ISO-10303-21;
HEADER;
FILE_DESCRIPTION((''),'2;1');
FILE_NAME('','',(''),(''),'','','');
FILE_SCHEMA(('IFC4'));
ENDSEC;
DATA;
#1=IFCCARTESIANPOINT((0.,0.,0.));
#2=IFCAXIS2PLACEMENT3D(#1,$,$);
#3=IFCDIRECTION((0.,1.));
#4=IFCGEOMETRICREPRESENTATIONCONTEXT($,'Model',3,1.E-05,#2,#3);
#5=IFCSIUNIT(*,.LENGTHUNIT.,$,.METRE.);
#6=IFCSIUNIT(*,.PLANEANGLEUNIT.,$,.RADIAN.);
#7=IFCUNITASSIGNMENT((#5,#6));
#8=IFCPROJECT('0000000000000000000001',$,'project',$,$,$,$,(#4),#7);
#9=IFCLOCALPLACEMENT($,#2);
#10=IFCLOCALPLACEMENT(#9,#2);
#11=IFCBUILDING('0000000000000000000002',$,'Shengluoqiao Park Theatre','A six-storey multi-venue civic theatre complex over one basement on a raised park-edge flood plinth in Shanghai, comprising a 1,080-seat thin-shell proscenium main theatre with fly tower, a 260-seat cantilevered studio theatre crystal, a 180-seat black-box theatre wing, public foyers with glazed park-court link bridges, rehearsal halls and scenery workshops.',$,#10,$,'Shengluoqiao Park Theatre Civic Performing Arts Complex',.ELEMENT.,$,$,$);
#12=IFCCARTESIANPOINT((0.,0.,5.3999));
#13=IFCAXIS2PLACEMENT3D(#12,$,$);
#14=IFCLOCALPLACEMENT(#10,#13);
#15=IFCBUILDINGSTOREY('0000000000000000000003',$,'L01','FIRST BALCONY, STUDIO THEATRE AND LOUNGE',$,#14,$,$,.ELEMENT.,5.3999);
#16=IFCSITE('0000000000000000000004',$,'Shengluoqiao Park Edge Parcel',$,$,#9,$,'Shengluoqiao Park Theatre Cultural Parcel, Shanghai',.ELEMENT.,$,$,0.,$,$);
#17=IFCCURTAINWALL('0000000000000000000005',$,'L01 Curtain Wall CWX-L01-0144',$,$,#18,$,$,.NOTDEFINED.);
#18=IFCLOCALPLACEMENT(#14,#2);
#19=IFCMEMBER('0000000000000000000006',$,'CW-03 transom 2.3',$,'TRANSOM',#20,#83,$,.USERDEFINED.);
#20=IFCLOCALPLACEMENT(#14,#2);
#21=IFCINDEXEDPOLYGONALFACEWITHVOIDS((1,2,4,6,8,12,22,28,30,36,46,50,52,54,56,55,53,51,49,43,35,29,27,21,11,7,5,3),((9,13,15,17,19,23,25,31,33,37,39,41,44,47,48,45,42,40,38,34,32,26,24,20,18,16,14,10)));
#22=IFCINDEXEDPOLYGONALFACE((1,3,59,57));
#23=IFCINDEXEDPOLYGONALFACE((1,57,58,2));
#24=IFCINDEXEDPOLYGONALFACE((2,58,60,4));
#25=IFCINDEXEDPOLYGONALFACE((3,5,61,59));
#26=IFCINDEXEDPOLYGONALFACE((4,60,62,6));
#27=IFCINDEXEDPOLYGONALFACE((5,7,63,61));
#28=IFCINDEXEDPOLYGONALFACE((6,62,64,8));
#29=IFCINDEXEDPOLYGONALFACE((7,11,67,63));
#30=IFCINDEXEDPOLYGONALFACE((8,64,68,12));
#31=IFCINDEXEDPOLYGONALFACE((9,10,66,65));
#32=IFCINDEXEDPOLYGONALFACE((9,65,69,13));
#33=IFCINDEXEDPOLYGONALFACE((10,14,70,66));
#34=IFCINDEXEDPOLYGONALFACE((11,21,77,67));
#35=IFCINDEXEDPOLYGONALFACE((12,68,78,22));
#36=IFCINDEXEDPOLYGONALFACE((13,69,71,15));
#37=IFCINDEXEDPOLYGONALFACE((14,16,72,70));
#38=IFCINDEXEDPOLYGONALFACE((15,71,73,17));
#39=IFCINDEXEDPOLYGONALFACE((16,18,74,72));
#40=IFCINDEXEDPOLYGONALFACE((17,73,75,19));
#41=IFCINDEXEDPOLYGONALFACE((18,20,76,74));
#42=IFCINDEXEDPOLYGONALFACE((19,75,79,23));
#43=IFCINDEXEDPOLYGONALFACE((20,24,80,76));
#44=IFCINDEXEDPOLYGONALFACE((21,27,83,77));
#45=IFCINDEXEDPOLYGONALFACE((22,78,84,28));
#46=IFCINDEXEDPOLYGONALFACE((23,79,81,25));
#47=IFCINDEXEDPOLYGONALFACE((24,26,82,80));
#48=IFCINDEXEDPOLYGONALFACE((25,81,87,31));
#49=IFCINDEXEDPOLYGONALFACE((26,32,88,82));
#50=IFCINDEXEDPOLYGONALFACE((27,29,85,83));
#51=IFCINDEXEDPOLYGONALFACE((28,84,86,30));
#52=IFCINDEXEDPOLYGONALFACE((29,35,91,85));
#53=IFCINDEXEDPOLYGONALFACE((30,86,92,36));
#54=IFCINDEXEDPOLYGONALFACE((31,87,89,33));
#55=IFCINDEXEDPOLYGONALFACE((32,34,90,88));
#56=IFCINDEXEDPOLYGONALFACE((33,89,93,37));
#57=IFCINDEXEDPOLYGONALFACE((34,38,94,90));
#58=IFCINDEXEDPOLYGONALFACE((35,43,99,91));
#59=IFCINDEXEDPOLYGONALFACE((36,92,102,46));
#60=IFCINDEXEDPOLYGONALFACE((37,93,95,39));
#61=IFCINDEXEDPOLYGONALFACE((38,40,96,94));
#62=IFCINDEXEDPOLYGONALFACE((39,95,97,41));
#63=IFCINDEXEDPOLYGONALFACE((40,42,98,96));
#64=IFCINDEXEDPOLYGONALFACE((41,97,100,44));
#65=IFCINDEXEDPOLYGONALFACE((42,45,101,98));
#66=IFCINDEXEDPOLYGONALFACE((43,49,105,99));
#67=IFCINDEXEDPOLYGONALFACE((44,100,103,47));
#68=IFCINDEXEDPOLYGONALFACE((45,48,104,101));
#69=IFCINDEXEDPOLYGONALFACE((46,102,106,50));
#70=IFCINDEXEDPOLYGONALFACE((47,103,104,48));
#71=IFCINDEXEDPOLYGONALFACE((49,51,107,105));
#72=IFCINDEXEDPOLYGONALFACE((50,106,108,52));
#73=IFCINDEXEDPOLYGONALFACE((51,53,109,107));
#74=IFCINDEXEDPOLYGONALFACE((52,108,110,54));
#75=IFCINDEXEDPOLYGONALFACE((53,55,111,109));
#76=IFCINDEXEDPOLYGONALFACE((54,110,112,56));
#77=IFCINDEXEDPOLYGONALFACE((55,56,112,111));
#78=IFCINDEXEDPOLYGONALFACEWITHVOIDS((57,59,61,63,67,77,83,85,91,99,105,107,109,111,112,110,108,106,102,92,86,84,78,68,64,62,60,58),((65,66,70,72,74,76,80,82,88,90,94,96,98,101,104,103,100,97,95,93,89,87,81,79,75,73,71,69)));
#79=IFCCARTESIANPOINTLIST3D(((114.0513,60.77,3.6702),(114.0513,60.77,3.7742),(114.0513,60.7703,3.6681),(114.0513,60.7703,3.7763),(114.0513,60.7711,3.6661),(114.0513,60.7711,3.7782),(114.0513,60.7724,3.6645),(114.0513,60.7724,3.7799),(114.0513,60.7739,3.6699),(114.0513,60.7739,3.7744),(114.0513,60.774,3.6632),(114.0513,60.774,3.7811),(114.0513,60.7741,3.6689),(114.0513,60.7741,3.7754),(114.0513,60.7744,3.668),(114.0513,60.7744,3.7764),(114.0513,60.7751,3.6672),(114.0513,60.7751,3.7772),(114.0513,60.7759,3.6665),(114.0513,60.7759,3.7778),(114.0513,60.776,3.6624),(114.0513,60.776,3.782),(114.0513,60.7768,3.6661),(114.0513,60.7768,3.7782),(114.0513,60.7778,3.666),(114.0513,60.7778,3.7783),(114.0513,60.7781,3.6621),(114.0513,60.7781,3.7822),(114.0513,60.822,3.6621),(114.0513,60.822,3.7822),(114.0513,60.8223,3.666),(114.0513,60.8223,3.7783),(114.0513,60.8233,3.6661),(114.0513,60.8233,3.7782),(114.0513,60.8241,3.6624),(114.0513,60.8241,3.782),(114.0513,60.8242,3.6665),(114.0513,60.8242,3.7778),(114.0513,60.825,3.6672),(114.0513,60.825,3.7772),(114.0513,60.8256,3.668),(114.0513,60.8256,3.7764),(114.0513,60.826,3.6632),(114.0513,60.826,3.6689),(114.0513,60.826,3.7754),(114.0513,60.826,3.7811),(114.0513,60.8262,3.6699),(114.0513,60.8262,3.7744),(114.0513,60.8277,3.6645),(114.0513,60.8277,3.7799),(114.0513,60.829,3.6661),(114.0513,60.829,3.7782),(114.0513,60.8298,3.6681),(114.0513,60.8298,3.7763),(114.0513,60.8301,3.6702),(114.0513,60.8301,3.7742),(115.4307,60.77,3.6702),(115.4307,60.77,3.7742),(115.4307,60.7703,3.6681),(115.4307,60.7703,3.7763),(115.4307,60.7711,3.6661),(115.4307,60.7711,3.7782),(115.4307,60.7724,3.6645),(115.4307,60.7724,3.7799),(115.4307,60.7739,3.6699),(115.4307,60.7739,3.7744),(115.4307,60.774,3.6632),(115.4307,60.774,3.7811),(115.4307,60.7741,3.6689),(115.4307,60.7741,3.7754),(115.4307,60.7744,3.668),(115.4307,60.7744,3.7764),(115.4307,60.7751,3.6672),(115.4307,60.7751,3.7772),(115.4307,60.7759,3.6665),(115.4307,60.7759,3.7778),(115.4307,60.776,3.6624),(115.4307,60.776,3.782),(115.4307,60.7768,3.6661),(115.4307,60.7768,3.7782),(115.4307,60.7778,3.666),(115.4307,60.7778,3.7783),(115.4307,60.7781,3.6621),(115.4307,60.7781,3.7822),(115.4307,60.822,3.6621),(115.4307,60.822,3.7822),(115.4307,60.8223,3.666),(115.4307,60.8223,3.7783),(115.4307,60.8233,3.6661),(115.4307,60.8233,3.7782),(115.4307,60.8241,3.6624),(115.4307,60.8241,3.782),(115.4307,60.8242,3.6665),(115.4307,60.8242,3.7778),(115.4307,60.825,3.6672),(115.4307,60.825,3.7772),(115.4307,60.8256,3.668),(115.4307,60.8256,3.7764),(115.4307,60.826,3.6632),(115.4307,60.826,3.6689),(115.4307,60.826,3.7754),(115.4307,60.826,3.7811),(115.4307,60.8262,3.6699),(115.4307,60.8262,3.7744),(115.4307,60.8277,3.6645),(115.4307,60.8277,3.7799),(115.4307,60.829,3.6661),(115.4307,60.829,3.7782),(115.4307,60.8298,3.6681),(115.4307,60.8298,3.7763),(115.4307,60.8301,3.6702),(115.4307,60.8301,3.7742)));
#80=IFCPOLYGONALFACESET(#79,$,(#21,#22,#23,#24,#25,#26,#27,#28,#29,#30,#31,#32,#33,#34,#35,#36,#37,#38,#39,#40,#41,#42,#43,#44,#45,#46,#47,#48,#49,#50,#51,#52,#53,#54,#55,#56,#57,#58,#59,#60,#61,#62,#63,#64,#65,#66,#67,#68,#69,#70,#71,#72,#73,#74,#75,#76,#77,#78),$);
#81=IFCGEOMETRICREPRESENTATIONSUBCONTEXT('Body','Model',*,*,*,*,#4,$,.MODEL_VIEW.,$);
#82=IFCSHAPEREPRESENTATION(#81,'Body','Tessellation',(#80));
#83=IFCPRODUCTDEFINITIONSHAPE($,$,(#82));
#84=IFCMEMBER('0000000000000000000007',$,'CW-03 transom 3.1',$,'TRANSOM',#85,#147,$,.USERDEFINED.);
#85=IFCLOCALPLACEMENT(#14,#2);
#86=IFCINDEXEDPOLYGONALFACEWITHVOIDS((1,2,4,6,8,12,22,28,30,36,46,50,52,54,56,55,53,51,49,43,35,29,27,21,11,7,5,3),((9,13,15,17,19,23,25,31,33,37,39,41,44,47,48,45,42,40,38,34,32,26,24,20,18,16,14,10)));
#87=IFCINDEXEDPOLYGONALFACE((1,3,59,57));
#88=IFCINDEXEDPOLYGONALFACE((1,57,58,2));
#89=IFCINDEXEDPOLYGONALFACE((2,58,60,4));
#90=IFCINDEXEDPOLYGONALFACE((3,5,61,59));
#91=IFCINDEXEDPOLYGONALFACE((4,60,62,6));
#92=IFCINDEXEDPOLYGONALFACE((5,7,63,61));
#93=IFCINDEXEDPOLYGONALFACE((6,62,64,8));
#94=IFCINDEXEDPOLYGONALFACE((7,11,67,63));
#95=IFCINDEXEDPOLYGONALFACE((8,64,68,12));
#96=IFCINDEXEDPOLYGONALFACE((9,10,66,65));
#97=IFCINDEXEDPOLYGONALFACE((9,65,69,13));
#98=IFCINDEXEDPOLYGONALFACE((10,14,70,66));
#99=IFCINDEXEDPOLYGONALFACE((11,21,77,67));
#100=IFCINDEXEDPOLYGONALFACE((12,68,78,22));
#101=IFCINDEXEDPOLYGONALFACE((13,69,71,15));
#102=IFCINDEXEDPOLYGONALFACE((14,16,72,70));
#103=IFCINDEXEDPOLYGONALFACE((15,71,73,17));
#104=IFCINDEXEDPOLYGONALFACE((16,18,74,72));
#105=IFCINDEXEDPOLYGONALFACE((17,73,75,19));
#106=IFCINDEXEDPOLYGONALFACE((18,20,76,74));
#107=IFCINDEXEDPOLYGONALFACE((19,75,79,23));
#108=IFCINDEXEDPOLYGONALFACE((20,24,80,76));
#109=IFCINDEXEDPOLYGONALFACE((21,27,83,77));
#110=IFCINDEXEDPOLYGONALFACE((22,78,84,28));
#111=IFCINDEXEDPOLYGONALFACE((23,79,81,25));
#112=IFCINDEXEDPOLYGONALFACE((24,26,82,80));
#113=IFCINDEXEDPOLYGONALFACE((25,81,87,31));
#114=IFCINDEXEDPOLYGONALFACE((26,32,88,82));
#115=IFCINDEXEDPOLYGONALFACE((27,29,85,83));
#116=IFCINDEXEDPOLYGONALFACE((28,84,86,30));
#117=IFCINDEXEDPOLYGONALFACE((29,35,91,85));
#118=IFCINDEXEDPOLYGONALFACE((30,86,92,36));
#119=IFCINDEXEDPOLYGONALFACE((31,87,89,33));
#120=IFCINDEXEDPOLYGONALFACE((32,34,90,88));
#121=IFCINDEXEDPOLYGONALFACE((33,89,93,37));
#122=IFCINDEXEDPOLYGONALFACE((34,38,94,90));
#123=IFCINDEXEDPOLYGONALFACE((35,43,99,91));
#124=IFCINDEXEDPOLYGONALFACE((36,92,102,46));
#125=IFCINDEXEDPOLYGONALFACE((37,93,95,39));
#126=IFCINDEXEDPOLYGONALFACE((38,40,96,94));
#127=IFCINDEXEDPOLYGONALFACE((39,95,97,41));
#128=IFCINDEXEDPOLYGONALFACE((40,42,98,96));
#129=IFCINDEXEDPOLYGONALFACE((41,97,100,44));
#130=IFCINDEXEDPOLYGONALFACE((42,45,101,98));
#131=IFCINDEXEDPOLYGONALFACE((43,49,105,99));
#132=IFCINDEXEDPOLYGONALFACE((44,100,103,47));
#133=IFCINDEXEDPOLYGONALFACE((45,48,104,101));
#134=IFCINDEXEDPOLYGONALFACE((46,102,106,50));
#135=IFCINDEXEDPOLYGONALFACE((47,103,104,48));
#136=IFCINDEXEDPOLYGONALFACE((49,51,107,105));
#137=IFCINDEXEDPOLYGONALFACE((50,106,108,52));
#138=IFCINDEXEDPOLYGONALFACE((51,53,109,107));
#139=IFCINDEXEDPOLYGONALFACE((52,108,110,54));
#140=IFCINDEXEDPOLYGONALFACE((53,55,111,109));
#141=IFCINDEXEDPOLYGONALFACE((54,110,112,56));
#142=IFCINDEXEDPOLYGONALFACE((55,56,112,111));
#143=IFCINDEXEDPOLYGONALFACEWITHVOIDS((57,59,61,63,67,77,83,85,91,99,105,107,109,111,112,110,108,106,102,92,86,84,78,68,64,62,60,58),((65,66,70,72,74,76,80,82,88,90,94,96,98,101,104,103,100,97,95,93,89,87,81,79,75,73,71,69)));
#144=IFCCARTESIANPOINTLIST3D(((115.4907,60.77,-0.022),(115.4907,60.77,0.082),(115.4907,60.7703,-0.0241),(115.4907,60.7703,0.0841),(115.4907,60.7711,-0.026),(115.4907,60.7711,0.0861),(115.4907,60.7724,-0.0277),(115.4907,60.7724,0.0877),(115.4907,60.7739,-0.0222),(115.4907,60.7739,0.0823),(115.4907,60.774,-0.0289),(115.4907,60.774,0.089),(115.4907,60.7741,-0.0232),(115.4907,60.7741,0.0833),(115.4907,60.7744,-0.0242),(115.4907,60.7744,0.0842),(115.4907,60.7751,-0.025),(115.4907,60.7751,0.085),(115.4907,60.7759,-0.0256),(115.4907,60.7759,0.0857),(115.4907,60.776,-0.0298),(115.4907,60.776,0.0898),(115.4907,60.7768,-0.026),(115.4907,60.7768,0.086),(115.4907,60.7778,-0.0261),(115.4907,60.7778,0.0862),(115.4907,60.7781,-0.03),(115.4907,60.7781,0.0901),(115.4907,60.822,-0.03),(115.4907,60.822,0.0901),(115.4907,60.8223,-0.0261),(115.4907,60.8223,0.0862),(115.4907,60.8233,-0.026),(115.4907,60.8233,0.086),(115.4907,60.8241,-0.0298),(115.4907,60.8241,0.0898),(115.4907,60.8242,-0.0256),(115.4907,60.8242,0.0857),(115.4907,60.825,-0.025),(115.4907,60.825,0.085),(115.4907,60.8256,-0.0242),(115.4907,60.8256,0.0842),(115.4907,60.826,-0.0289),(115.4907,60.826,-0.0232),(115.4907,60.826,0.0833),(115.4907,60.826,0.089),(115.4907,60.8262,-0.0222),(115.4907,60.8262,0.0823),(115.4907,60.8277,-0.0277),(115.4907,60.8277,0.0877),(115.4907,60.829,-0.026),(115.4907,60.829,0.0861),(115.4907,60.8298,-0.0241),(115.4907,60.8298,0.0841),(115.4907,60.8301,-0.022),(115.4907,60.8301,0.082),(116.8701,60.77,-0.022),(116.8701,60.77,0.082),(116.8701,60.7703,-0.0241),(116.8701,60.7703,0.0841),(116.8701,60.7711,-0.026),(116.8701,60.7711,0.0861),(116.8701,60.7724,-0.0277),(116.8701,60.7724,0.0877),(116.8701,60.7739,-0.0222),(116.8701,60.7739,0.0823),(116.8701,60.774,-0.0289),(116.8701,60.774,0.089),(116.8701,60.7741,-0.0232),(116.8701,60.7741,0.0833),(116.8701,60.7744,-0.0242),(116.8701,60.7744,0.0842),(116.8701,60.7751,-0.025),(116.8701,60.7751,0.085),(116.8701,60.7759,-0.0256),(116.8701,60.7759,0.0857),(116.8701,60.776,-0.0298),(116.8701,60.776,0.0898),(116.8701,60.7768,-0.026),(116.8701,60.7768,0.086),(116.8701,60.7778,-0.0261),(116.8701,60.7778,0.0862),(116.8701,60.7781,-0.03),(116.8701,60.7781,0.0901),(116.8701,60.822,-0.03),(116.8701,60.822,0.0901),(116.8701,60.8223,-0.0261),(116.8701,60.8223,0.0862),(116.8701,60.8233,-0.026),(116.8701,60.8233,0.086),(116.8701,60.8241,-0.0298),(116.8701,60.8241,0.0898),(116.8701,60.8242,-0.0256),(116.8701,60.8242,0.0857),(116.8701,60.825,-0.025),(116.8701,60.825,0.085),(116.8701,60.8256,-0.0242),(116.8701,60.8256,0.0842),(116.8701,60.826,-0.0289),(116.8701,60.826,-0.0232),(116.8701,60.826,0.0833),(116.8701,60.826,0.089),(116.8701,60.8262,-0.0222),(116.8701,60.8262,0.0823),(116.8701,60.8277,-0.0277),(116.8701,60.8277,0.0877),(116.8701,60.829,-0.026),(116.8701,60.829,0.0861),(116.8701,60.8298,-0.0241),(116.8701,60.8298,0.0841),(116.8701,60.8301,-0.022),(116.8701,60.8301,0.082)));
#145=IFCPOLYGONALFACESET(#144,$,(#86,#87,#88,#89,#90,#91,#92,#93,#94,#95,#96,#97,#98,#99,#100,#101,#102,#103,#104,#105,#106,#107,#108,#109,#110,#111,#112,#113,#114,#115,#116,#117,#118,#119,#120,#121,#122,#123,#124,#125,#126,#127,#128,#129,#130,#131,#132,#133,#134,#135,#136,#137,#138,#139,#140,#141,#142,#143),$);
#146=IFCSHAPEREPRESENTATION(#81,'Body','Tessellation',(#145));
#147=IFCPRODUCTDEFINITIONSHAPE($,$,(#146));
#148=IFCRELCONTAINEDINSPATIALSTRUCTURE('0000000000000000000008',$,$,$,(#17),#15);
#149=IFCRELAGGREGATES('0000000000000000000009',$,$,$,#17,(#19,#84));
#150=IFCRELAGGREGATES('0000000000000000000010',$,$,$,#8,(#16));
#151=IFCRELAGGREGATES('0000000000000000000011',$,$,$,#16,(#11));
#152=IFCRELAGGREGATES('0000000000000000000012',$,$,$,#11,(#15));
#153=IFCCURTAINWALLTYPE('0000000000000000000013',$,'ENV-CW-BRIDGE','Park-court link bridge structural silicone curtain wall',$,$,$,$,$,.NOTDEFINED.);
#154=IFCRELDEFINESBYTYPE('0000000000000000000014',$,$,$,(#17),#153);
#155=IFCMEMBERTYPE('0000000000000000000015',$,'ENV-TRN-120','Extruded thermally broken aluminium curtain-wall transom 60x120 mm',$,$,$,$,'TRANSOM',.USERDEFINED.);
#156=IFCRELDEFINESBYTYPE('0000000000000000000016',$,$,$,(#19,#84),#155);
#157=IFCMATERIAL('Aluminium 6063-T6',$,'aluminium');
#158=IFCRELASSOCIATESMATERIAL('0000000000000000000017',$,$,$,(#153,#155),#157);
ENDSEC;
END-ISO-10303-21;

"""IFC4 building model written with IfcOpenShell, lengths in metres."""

from ifc_helpers import new_model, si_unit, direction, frame, origin, origin_2d, place, context, subcontext, project, spatial, hollow_rectangle, extrude, material, material_profile, profile_set, type_object, element, aggregate, save


model = new_model("IFC4")

# Units and contexts
model_context = context("Model", 3, precision=1e-05, world=origin(), true_north=direction((0.0, 1.0)))
body_context = subcontext(model_context, "Body", "Model", "MODEL_VIEW")
ifc_project = project(units=[si_unit("LENGTHUNIT", "METRE"), si_unit("PLANEANGLEUNIT", "RADIAN")], contexts=[model_context])

# Site, building, storey
site_placement = place(None, origin())
site = spatial("IfcSite", under=ifc_project, at=site_placement, Name="Shengluoqiao Park Edge Parcel", LongName="Shengluoqiao Park Theatre Cultural Parcel, Shanghai", CompositionType="ELEMENT", RefElevation=0.0)
building_placement = place(site_placement, origin())
building = spatial("IfcBuilding", under=site, at=building_placement, Name="Shengluoqiao Park Theatre", Description="A six-storey multi-venue civic theatre complex over one basement on a raised park-edge flood plinth in Shanghai, comprising a 1,080-seat thin-shell proscenium main theatre with fly tower, a 260-seat cantilevered studio theatre crystal, a 180-seat black-box theatre wing, public foyers with glazed park-court link bridges, rehearsal halls and scenery workshops.", LongName="Shengluoqiao Park Theatre Civic Performing Arts Complex", CompositionType="ELEMENT")
storey_placement = place(building_placement, frame((0.0, 0.0, 5.3999)))
storey = spatial("IfcBuildingStorey", under=building, at=storey_placement, Name="L01", Description="FIRST BALCONY, STUDIO THEATRE AND LOUNGE", CompositionType="ELEMENT", Elevation=5.3999)

# Curtain wall
ifc_material_1 = material(Name="Aluminium 6063-T6", Category="aluminium")
curtain_wall_type = type_object("IfcCurtainWallType", Name="ENV-CW-BRIDGE", Description="Park-court link bridge structural silicone curtain wall", PredefinedType="NOTDEFINED", material=ifc_material_1)
curtain_wall_1_placement = place(storey_placement, origin())
curtain_wall_1 = element("IfcCurtainWall", 1, at=curtain_wall_1_placement, inside=storey, type_object=curtain_wall_type, Name="L01 Curtain Wall CWX-L01-0144", PredefinedType="NOTDEFINED")

# Members
ifc_material_profile_1 = material_profile(ifc_material_1, hollow_rectangle(XDim=0.0601, YDim=0.1201, WallThickness=0.0039, InnerFilletRadius=0.0039, OuterFilletRadius=0.0081, at=origin_2d()), Name="ALU TRANSOM 120x60x4")
ifc_profile_set_1 = profile_set([ifc_material_profile_1], Name="Aluminium 6063-T6")
member_type_1 = type_object("IfcMemberType", Name="ENV-TRN-120", Description="Extruded thermally broken aluminium curtain-wall transom 60x120 mm", ElementType="TRANSOM", PredefinedType="USERDEFINED", material=ifc_profile_set_1)
member_1_placement = place(storey_placement, frame((114.0513, 60.8, 3.7222), z_axis=(1.0, 0.0, 0.0), x_axis=(0.0, 1.0, 0.0)))
member_1 = element("IfcMember", 2, at=member_1_placement, type_object=member_type_1, Name="CW-03 transom 2.3", ObjectType="TRANSOM", PredefinedType="USERDEFINED", context=body_context, shape_type="SweptSolid", body=[
    extrude(hollow_rectangle(XDim=0.0601, YDim=0.1201, WallThickness=0.0039, InnerFilletRadius=0.0039, OuterFilletRadius=0.0081, at=origin_2d()), origin(), (0.0, 0.0, 1.0), 1.3794),
])
member_2_placement = place(storey_placement, frame((115.4907, 60.8, 0.03), z_axis=(1.0, 0.0, 0.0), x_axis=(0.0, 1.0, 0.0)))
member_2 = element("IfcMember", 3, at=member_2_placement, type_object=member_type_1, Name="CW-03 transom 3.1", ObjectType="TRANSOM", PredefinedType="USERDEFINED", context=body_context, shape_type="SweptSolid", body=[
    extrude(hollow_rectangle(XDim=0.0601, YDim=0.1201, WallThickness=0.0039, InnerFilletRadius=0.0039, OuterFilletRadius=0.0081, at=origin_2d()), origin(), (0.0, 0.0, 1.0), 1.3794),
])

aggregate(curtain_wall_1, [member_1, member_2])

save(model, "model.ifc")
